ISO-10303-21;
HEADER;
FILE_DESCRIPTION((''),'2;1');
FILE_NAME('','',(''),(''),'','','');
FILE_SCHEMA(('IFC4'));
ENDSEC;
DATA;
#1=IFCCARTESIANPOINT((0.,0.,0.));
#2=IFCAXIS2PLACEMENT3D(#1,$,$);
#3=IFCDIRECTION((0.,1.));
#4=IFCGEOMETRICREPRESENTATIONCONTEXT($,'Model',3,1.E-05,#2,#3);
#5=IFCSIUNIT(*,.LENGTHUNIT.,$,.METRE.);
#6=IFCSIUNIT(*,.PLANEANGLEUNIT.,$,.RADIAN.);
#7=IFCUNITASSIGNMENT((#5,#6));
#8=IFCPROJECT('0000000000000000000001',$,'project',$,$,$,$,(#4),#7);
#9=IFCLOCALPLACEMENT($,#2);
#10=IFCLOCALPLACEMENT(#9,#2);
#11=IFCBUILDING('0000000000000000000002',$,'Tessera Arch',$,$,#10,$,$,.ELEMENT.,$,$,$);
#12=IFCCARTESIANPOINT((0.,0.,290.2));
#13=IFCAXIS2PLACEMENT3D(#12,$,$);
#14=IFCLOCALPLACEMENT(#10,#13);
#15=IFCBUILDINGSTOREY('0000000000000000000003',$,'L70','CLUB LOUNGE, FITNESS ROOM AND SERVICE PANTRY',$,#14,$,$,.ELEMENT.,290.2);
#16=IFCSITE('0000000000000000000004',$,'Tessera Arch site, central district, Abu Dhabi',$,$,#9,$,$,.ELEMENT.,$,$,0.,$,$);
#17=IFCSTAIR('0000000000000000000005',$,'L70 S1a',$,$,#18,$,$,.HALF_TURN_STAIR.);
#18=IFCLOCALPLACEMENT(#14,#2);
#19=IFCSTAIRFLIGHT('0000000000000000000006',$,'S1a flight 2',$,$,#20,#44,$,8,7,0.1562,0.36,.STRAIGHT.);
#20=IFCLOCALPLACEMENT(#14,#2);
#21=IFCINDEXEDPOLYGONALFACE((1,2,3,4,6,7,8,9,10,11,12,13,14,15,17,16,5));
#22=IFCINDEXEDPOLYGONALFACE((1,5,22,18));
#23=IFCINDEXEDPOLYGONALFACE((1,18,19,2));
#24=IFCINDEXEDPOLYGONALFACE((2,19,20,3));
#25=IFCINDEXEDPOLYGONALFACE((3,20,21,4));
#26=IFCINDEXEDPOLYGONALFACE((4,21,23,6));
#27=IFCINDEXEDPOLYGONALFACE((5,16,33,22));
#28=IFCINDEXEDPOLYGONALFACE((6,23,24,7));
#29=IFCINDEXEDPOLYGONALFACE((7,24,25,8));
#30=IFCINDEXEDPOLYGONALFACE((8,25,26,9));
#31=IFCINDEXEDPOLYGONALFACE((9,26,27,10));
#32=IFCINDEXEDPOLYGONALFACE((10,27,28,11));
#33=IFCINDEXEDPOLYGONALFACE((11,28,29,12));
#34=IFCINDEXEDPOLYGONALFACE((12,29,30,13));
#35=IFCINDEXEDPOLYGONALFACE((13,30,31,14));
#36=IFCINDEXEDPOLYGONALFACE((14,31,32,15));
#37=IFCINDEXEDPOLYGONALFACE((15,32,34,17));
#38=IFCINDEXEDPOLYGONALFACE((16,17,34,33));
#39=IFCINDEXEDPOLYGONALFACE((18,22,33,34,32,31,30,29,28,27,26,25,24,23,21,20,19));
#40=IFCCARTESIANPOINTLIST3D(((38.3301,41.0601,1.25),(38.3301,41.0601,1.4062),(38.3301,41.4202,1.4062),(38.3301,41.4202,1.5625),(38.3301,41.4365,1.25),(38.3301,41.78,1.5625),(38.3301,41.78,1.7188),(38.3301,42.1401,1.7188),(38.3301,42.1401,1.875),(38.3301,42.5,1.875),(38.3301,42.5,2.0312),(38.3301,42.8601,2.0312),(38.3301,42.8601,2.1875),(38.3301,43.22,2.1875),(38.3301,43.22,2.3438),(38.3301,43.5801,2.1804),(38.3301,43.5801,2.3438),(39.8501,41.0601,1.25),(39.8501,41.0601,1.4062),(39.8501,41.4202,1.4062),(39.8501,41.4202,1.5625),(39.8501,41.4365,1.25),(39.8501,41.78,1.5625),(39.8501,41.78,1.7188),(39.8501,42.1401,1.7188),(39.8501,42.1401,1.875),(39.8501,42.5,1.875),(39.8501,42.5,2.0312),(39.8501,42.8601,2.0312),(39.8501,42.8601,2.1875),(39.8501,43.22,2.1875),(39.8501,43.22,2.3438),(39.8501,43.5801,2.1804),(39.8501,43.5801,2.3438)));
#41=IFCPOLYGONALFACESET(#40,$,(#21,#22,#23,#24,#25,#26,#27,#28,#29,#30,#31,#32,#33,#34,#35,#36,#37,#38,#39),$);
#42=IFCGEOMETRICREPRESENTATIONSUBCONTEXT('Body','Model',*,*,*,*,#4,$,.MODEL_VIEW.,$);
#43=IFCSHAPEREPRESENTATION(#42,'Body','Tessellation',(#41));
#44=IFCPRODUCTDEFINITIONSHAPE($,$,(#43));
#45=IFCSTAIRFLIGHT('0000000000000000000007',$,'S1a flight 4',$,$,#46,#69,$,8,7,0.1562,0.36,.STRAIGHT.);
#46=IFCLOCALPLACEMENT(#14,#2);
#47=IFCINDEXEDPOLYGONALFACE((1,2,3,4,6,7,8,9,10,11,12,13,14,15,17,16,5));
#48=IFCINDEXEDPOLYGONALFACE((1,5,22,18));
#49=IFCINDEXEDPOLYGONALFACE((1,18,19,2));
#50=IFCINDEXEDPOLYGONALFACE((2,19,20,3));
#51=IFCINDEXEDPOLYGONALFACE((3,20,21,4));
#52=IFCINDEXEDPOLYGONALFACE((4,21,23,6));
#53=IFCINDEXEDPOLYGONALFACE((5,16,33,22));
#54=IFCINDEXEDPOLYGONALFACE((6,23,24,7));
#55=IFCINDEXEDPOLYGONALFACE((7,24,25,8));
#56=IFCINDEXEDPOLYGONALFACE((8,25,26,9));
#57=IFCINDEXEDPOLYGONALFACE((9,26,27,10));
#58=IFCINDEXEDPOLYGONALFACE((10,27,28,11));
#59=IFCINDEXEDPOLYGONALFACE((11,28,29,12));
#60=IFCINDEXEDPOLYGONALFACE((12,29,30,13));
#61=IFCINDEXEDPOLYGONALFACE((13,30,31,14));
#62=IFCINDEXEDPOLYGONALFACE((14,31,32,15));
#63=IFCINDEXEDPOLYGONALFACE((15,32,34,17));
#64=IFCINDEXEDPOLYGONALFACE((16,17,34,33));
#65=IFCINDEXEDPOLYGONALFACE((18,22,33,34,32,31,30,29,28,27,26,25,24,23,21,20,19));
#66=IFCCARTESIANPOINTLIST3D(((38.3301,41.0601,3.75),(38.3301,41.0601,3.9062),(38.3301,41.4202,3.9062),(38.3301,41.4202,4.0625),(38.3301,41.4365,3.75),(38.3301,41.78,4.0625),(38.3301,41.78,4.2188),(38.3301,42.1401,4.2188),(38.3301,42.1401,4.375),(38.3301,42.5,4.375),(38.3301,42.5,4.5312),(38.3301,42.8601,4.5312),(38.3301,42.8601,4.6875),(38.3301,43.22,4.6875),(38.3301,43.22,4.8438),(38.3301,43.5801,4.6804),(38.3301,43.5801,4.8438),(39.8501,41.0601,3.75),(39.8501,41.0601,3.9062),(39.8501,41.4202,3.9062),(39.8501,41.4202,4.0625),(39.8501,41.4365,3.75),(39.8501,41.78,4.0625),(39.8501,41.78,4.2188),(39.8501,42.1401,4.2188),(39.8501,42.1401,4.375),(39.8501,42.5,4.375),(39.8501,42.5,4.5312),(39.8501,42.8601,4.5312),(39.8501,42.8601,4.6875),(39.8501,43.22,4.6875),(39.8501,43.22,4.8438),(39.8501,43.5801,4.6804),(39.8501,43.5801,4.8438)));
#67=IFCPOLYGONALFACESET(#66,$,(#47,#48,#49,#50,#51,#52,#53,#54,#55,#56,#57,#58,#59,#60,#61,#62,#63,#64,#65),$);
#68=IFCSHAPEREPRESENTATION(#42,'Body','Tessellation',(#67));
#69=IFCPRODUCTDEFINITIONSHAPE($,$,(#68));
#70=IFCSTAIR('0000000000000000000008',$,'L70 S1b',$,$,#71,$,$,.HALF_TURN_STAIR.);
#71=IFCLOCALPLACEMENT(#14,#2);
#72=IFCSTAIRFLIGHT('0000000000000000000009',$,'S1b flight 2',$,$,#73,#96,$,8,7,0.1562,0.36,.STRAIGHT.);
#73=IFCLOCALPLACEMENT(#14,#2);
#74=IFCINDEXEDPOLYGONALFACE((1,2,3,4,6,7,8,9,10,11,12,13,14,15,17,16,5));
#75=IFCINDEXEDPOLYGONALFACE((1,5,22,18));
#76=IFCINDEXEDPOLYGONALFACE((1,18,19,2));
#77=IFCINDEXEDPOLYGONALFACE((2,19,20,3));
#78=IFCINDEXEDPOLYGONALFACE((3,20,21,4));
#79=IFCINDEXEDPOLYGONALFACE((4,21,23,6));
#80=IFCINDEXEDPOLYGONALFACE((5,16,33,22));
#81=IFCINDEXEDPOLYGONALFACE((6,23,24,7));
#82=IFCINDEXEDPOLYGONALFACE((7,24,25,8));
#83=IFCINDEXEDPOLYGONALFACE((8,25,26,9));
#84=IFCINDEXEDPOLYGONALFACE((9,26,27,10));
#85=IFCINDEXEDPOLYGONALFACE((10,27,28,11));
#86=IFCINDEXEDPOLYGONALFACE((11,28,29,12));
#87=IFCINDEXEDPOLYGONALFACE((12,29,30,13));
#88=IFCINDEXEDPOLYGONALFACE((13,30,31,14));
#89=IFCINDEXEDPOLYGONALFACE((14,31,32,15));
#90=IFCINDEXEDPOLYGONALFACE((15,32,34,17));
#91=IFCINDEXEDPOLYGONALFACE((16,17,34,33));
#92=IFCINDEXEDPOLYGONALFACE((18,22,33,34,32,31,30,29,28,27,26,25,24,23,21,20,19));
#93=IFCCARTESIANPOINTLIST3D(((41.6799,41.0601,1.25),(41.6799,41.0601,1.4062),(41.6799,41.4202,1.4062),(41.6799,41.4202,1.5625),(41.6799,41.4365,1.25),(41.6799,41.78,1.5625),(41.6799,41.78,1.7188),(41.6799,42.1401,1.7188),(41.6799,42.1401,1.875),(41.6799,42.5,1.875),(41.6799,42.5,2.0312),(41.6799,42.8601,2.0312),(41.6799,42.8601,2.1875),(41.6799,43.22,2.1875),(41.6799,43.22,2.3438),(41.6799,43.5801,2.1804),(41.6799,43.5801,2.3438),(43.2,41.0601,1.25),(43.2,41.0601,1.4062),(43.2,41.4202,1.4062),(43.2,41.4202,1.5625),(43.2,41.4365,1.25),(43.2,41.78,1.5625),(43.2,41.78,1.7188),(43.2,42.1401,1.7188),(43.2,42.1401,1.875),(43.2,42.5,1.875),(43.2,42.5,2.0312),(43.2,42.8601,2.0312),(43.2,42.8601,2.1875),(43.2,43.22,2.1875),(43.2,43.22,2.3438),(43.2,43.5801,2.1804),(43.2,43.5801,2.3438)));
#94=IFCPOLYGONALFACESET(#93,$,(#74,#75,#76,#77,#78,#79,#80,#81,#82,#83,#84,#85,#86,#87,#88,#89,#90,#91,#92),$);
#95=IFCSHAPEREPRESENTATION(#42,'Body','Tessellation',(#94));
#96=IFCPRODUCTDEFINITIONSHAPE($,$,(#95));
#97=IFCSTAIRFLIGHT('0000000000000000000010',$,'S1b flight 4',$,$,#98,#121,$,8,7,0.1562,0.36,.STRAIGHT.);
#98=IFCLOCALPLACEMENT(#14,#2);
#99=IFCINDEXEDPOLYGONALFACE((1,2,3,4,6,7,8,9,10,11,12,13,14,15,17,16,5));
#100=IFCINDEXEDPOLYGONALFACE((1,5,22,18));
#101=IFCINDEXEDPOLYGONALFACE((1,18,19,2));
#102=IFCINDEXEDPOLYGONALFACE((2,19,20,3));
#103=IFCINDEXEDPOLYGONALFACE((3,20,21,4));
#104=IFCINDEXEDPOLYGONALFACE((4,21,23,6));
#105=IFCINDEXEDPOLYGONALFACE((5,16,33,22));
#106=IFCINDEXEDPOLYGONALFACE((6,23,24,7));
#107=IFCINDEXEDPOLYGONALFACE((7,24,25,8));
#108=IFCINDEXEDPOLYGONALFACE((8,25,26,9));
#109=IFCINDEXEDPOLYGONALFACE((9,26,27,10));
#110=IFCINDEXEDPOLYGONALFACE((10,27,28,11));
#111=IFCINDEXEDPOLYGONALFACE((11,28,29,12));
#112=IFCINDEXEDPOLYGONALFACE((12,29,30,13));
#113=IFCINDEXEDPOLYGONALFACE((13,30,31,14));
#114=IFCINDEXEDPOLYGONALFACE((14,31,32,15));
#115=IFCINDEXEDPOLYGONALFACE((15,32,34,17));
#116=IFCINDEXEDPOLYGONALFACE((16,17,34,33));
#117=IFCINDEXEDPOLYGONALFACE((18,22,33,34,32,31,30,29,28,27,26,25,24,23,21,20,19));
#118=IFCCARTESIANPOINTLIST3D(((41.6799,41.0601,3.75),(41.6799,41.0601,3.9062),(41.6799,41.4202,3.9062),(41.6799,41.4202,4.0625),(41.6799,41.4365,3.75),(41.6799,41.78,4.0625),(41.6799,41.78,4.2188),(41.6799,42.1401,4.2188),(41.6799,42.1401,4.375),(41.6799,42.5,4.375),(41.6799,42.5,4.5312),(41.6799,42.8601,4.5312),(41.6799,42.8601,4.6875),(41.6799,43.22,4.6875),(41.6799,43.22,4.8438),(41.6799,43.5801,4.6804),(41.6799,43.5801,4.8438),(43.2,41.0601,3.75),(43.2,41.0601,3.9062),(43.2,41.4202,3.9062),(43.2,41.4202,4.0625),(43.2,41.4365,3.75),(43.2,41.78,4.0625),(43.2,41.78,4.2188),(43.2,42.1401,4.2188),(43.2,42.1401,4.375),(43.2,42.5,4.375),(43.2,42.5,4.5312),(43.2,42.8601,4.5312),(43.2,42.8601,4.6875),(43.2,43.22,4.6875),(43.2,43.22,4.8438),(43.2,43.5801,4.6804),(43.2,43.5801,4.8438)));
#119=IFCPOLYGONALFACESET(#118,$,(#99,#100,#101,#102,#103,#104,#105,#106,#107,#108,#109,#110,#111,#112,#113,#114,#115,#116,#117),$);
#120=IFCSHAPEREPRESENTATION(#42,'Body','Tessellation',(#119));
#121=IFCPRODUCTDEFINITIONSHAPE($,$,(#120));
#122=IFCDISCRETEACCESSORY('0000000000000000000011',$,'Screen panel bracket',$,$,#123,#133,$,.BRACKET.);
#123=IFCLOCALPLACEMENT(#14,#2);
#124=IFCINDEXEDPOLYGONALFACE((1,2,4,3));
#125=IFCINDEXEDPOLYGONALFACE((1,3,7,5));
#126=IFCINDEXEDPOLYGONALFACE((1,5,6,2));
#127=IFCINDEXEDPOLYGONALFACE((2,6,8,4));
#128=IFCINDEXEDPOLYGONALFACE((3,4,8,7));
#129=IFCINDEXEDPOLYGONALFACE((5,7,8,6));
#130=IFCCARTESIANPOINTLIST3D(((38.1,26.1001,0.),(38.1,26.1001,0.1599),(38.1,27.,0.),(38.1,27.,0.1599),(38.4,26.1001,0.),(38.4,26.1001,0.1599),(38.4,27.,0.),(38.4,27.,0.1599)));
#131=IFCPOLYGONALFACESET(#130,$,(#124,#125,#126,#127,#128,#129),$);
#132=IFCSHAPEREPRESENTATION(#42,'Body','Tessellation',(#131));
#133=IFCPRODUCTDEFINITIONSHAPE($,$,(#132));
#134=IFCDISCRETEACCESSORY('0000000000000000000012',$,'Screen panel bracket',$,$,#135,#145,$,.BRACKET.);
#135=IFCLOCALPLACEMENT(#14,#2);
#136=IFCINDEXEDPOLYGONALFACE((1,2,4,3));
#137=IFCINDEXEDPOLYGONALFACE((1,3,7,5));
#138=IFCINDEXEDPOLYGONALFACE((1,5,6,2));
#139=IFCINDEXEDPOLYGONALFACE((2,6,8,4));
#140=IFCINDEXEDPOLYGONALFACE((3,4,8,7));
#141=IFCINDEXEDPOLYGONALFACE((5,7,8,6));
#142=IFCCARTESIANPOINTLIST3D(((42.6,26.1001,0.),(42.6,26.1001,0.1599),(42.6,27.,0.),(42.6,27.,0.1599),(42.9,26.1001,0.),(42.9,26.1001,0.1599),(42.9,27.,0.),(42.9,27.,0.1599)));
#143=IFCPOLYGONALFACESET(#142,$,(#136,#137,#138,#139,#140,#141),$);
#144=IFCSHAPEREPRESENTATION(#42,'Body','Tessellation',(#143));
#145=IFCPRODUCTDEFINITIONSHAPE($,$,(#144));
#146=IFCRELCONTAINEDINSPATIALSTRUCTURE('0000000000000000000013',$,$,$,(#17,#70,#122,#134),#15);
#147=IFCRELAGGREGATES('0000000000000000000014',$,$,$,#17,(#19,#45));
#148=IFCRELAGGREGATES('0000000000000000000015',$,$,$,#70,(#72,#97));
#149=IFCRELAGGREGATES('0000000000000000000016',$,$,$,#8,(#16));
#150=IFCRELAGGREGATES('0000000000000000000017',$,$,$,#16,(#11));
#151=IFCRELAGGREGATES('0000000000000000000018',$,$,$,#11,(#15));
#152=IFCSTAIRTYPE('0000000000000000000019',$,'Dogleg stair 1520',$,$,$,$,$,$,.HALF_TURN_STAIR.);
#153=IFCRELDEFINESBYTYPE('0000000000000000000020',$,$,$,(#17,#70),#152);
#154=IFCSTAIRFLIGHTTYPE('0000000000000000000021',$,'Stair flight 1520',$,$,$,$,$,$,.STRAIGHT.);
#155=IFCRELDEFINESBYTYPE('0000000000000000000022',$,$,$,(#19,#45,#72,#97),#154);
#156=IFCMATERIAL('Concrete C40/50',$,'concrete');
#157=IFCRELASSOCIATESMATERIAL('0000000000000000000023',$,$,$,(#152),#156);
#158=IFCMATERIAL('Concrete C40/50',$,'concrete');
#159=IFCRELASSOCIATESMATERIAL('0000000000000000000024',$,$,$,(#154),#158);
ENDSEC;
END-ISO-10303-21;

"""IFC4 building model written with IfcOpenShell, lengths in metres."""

from ifc_helpers import new_model, si_unit, direction, frame, origin, origin_2d, place, context, subcontext, project, spatial, polyline, rectangle, outline, extrude, material, type_object, element, aggregate, save


model = new_model("IFC4")

# Units and contexts
model_context = context("Model", 3, precision=1e-05, world=origin(), true_north=direction((0.0, 1.0)))
body_context = subcontext(model_context, "Body", "Model", "MODEL_VIEW")
ifc_project = project(units=[si_unit("LENGTHUNIT", "METRE"), si_unit("PLANEANGLEUNIT", "RADIAN")], contexts=[model_context])

# Site, building, storey
site_placement = place(None, origin())
site = spatial("IfcSite", under=ifc_project, at=site_placement, Name="Tessera Arch site, central district, Abu Dhabi", CompositionType="ELEMENT", RefElevation=0.0)
building_placement = place(site_placement, origin())
building = spatial("IfcBuilding", under=site, at=building_placement, Name="Tessera Arch", CompositionType="ELEMENT")
storey_placement = place(building_placement, frame((0.0, 0.0, 290.2)))
storey = spatial("IfcBuildingStorey", under=building, at=storey_placement, Name="L70", Description="CLUB LOUNGE, FITNESS ROOM AND SERVICE PANTRY", CompositionType="ELEMENT", Elevation=290.2)

# Stairs, stair flights
ifc_material_1 = material(Name="Concrete C40/50", Category="concrete")
stair_type = type_object("IfcStairType", Name="Dogleg stair 1520", PredefinedType="HALF_TURN_STAIR", material=ifc_material_1)
stair_1_placement = place(storey_placement, origin())
stair_1 = element("IfcStair", 1, at=stair_1_placement, inside=storey, type_object=stair_type, Name="L70 S1a", PredefinedType="HALF_TURN_STAIR")
ifc_material_2 = material(Name="Concrete C40/50", Category="concrete")
stair_flight_type = type_object("IfcStairFlightType", Name="Stair flight 1520", PredefinedType="STRAIGHT", material=ifc_material_2)
stair_flight_1_placement = place(storey_placement, frame((39.0901, 41.0601, 1.25), z_axis=(0.0, 0.0, 1.0), x_axis=(0.0, 1.0, 0.0)))
stair_flight_1 = element("IfcStairFlight", 2, at=stair_flight_1_placement, type_object=stair_flight_type, Name="S1a flight 2", NumberOfRisers=8, NumberOfTreads=7, PredefinedType="STRAIGHT", RiserHeight=0.1562, TreadLength=0.36, context=body_context, shape_type="SweptSolid", body=[
    extrude(outline(polyline([(0.0, 0.0), (0.0, 0.1562), (0.3601, 0.1562), (0.3601, 0.3125), (0.72, 0.3125), (0.72, 0.4688), (1.0801, 0.4688), (1.0801, 0.625), (1.4399, 0.625), (1.4399, 0.7812), (1.8, 0.7812), (1.8, 0.9375), (2.1599, 0.9375), (2.1599, 1.0938), (2.52, 1.0938), (2.52, 1.25), (2.52, 0.9304), (0.3765, 0.0), (0.0, 0.0)])), frame((0.0, 0.76, 0.0), z_axis=(0.0, -1.0, 0.0), x_axis=(1.0, 0.0, 0.0)), (0.0, 0.0, 1.0), 1.52),
])
stair_flight_2_placement = place(storey_placement, frame((39.0901, 41.0601, 3.75), z_axis=(0.0, 0.0, 1.0), x_axis=(0.0, 1.0, 0.0)))
stair_flight_2 = element("IfcStairFlight", 3, at=stair_flight_2_placement, type_object=stair_flight_type, Name="S1a flight 4", NumberOfRisers=8, NumberOfTreads=7, PredefinedType="STRAIGHT", RiserHeight=0.1562, TreadLength=0.36, context=body_context, shape_type="SweptSolid", body=[
    extrude(outline(polyline([(0.0, 0.0), (0.0, 0.1562), (0.3601, 0.1562), (0.3601, 0.3125), (0.72, 0.3125), (0.72, 0.4688), (1.0801, 0.4688), (1.0801, 0.625), (1.4399, 0.625), (1.4399, 0.7812), (1.8, 0.7812), (1.8, 0.9375), (2.1599, 0.9375), (2.1599, 1.0938), (2.52, 1.0938), (2.52, 1.25), (2.52, 0.9304), (0.3765, 0.0), (0.0, 0.0)])), frame((0.0, 0.76, 0.0), z_axis=(0.0, -1.0, 0.0), x_axis=(1.0, 0.0, 0.0)), (0.0, 0.0, 1.0), 1.52),
])
aggregate(stair_1, [stair_flight_1, stair_flight_2])
stair_2_placement = place(storey_placement, origin())
stair_2 = element("IfcStair", 4, at=stair_2_placement, inside=storey, type_object=stair_type, Name="L70 S1b", PredefinedType="HALF_TURN_STAIR")
stair_flight_3_placement = place(storey_placement, frame((42.4399, 41.0601, 1.25), z_axis=(0.0, 0.0, 1.0), x_axis=(0.0, 1.0, 0.0)))
stair_flight_3 = element("IfcStairFlight", 5, at=stair_flight_3_placement, type_object=stair_flight_type, Name="S1b flight 2", NumberOfRisers=8, NumberOfTreads=7, PredefinedType="STRAIGHT", RiserHeight=0.1562, TreadLength=0.36, context=body_context, shape_type="SweptSolid", body=[
    extrude(outline(polyline([(0.0, 0.0), (0.0, 0.1562), (0.3601, 0.1562), (0.3601, 0.3125), (0.72, 0.3125), (0.72, 0.4688), (1.0801, 0.4688), (1.0801, 0.625), (1.4399, 0.625), (1.4399, 0.7812), (1.8, 0.7812), (1.8, 0.9375), (2.1599, 0.9375), (2.1599, 1.0938), (2.52, 1.0938), (2.52, 1.25), (2.52, 0.9304), (0.3765, 0.0), (0.0, 0.0)])), frame((0.0, 0.76, 0.0), z_axis=(0.0, -1.0, 0.0), x_axis=(1.0, 0.0, 0.0)), (0.0, 0.0, 1.0), 1.52),
])
stair_flight_4_placement = place(storey_placement, frame((42.4399, 41.0601, 3.75), z_axis=(0.0, 0.0, 1.0), x_axis=(0.0, 1.0, 0.0)))
stair_flight_4 = element("IfcStairFlight", 6, at=stair_flight_4_placement, type_object=stair_flight_type, Name="S1b flight 4", NumberOfRisers=8, NumberOfTreads=7, PredefinedType="STRAIGHT", RiserHeight=0.1562, TreadLength=0.36, context=body_context, shape_type="SweptSolid", body=[
    extrude(outline(polyline([(0.0, 0.0), (0.0, 0.1562), (0.3601, 0.1562), (0.3601, 0.3125), (0.72, 0.3125), (0.72, 0.4688), (1.0801, 0.4688), (1.0801, 0.625), (1.4399, 0.625), (1.4399, 0.7812), (1.8, 0.7812), (1.8, 0.9375), (2.1599, 0.9375), (2.1599, 1.0938), (2.52, 1.0938), (2.52, 1.25), (2.52, 0.9304), (0.3765, 0.0), (0.0, 0.0)])), frame((0.0, 0.76, 0.0), z_axis=(0.0, -1.0, 0.0), x_axis=(1.0, 0.0, 0.0)), (0.0, 0.0, 1.0), 1.52),
])
aggregate(stair_2, [stair_flight_3, stair_flight_4])

# Discrete accessories
for number, where, z_axis, x_axis, name in (
    (7, (38.25, 26.55, 0.0), (0.0, 0.0, 1.0), (0.0, -1.0, 0.0), "Screen panel bracket"),
    (8, (42.75, 26.55, 0.0), (0.0, 0.0, 1.0), (0.0, -1.0, 0.0), "Screen panel bracket"),
):
    element("IfcDiscreteAccessory", number, at=place(storey_placement, frame(where, z_axis=z_axis, x_axis=x_axis)), inside=storey, Name=name, PredefinedType="BRACKET", context=body_context, shape_type="SweptSolid", body=[
        extrude(rectangle(XDim=0.8999, YDim=0.3, at=origin_2d()), origin(), (0.0, 0.0, 1.0), 0.1599),
    ])

save(model, "model.ifc")
